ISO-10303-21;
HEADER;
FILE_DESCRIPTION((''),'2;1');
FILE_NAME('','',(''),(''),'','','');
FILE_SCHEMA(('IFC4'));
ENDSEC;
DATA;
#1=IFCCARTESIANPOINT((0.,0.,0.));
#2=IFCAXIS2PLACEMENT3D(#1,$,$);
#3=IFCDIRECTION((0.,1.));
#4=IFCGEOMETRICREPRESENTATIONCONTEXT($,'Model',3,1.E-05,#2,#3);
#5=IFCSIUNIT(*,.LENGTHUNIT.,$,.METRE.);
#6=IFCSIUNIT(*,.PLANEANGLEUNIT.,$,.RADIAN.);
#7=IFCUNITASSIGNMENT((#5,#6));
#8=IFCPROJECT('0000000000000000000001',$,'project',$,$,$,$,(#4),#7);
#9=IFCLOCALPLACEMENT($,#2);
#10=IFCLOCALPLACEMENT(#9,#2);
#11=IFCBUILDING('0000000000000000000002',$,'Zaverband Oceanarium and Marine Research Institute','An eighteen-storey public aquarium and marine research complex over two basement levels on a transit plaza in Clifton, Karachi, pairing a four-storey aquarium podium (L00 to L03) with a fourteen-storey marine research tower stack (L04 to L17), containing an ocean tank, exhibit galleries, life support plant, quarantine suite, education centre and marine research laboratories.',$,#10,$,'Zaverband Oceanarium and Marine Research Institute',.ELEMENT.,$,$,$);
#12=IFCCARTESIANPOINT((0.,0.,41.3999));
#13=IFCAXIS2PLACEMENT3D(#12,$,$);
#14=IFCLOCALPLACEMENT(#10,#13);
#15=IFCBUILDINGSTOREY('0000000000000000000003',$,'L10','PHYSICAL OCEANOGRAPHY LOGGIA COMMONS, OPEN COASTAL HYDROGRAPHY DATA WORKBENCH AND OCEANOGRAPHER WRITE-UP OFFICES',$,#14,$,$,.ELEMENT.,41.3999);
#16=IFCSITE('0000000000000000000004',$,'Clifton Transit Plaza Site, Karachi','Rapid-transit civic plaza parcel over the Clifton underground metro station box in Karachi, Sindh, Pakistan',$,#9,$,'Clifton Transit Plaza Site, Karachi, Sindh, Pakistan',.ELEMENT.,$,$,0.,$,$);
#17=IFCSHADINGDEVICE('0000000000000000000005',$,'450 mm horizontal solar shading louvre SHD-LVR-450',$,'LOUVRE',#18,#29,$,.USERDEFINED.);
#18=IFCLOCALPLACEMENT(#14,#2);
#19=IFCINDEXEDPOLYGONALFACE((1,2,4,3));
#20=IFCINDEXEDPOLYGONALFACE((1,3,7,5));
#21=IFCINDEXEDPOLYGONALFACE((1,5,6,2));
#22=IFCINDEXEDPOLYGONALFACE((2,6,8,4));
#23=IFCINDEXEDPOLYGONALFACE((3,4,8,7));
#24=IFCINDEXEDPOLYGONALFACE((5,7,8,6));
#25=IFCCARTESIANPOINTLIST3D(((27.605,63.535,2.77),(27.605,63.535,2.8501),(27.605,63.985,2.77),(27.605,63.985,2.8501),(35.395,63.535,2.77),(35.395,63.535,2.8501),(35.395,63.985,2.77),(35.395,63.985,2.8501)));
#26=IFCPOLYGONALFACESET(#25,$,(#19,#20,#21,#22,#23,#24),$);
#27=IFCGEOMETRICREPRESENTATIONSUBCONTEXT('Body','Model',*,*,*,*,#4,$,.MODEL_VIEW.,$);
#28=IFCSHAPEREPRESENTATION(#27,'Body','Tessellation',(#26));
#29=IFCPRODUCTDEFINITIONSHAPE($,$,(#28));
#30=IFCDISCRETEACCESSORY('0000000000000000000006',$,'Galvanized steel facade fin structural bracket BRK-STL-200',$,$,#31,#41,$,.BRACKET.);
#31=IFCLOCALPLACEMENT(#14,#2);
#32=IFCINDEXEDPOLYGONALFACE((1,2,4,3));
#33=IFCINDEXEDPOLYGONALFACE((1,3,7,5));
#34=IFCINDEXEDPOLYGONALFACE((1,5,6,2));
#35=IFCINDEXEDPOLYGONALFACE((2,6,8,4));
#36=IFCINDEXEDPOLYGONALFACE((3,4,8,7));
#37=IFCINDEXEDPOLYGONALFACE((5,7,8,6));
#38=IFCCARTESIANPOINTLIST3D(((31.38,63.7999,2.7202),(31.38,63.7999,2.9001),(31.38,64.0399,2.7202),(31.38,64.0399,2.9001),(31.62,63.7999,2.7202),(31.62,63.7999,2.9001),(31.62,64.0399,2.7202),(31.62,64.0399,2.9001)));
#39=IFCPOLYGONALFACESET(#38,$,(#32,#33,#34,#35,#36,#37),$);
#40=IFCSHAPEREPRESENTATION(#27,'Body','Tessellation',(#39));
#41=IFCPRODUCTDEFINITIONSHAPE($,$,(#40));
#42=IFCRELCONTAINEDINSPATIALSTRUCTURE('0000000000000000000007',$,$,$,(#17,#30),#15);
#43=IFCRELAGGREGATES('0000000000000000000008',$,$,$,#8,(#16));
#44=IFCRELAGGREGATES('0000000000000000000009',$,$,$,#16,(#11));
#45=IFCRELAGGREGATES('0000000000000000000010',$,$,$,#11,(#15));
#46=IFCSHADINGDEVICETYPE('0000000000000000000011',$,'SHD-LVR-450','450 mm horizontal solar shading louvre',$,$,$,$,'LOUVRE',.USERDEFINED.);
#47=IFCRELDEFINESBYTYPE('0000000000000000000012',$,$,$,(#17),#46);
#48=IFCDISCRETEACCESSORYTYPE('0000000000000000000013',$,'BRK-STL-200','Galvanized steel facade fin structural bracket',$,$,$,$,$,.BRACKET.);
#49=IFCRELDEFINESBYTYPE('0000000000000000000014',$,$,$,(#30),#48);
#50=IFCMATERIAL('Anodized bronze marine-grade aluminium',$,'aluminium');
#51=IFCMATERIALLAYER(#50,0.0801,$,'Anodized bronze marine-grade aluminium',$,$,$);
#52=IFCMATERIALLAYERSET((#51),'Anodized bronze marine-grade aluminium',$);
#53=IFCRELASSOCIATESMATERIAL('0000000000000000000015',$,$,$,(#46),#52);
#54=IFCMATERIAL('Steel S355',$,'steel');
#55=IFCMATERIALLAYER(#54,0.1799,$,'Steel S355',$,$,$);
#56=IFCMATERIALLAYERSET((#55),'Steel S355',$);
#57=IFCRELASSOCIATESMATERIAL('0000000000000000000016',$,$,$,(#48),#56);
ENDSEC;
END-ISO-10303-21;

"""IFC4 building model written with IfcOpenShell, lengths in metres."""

from ifc_helpers import new_model, si_unit, direction, frame, frame_2d, origin, origin_2d, place, context, subcontext, project, spatial, rectangle, extrude, material, layer, layer_set, type_object, element, save


model = new_model("IFC4")

# Units and contexts
model_context = context("Model", 3, precision=1e-05, world=origin(), true_north=direction((0.0, 1.0)))
body_context = subcontext(model_context, "Body", "Model", "MODEL_VIEW")
ifc_project = project(units=[si_unit("LENGTHUNIT", "METRE"), si_unit("PLANEANGLEUNIT", "RADIAN")], contexts=[model_context])

# Site, building, storey
site_placement = place(None, origin())
site = spatial("IfcSite", under=ifc_project, at=site_placement, Name="Clifton Transit Plaza Site, Karachi", Description="Rapid-transit civic plaza parcel over the Clifton underground metro station box in Karachi, Sindh, Pakistan", LongName="Clifton Transit Plaza Site, Karachi, Sindh, Pakistan", CompositionType="ELEMENT", RefElevation=0.0)
building_placement = place(site_placement, origin())
building = spatial("IfcBuilding", under=site, at=building_placement, Name="Zaverband Oceanarium and Marine Research Institute", Description="An eighteen-storey public aquarium and marine research complex over two basement levels on a transit plaza in Clifton, Karachi, pairing a four-storey aquarium podium (L00 to L03) with a fourteen-storey marine research tower stack (L04 to L17), containing an ocean tank, exhibit galleries, life support plant, quarantine suite, education centre and marine research laboratories.", LongName="Zaverband Oceanarium and Marine Research Institute", CompositionType="ELEMENT")
storey_placement = place(building_placement, frame((0.0, 0.0, 41.3999)))
storey = spatial("IfcBuildingStorey", under=building, at=storey_placement, Name="L10", Description="PHYSICAL OCEANOGRAPHY LOGGIA COMMONS, OPEN COASTAL HYDROGRAPHY DATA WORKBENCH AND OCEANOGRAPHER WRITE-UP OFFICES", CompositionType="ELEMENT", Elevation=41.3999)

# Shading device
ifc_material_1 = material(Name="Anodized bronze marine-grade aluminium", Category="aluminium")
ifc_layer_1 = layer(ifc_material_1, 0.0801, Name="Anodized bronze marine-grade aluminium")
ifc_layer_set_1 = layer_set([ifc_layer_1], Name="Anodized bronze marine-grade aluminium")
shading_device_type = type_object("IfcShadingDeviceType", Name="SHD-LVR-450", Description="450 mm horizontal solar shading louvre", ElementType="LOUVRE", PredefinedType="USERDEFINED", material=ifc_layer_set_1)
shading_device_placement = place(storey_placement, frame((27.605, 63.76, 2.77), z_axis=(0.0, 0.0, 1.0), x_axis=(1.0, 0.0, 0.0)))
element("IfcShadingDevice", 1, at=shading_device_placement, inside=storey, type_object=shading_device_type, Name="450 mm horizontal solar shading louvre SHD-LVR-450", ObjectType="LOUVRE", PredefinedType="USERDEFINED", context=body_context, shape_type="SweptSolid", body=[
    extrude(rectangle(XDim=7.79, YDim=0.45, at=frame_2d((3.895, 0.0))), origin(), (0.0, 0.0, 1.0), 0.0801),
])

# Discrete accessory
ifc_material_2 = material(Name="Steel S355", Category="steel")
ifc_layer_2 = layer(ifc_material_2, 0.1799, Name="Steel S355")
ifc_layer_set_2 = layer_set([ifc_layer_2], Name="Steel S355")
discrete_accessory_type = type_object("IfcDiscreteAccessoryType", Name="BRK-STL-200", Description="Galvanized steel facade fin structural bracket", PredefinedType="BRACKET", material=ifc_layer_set_2)
discrete_accessory_placement = place(storey_placement, frame((31.5, 63.9199, 2.7202), z_axis=(0.0, 0.0, 1.0), x_axis=(1.0, 0.0, 0.0)))
element("IfcDiscreteAccessory", 2, at=discrete_accessory_placement, inside=storey, type_object=discrete_accessory_type, Name="Galvanized steel facade fin structural bracket BRK-STL-200", PredefinedType="BRACKET", context=body_context, shape_type="SweptSolid", body=[
    extrude(rectangle(XDim=0.24, YDim=0.24, at=origin_2d()), origin(), (0.0, 0.0, 1.0), 0.1799),
])

save(model, "model.ifc")
